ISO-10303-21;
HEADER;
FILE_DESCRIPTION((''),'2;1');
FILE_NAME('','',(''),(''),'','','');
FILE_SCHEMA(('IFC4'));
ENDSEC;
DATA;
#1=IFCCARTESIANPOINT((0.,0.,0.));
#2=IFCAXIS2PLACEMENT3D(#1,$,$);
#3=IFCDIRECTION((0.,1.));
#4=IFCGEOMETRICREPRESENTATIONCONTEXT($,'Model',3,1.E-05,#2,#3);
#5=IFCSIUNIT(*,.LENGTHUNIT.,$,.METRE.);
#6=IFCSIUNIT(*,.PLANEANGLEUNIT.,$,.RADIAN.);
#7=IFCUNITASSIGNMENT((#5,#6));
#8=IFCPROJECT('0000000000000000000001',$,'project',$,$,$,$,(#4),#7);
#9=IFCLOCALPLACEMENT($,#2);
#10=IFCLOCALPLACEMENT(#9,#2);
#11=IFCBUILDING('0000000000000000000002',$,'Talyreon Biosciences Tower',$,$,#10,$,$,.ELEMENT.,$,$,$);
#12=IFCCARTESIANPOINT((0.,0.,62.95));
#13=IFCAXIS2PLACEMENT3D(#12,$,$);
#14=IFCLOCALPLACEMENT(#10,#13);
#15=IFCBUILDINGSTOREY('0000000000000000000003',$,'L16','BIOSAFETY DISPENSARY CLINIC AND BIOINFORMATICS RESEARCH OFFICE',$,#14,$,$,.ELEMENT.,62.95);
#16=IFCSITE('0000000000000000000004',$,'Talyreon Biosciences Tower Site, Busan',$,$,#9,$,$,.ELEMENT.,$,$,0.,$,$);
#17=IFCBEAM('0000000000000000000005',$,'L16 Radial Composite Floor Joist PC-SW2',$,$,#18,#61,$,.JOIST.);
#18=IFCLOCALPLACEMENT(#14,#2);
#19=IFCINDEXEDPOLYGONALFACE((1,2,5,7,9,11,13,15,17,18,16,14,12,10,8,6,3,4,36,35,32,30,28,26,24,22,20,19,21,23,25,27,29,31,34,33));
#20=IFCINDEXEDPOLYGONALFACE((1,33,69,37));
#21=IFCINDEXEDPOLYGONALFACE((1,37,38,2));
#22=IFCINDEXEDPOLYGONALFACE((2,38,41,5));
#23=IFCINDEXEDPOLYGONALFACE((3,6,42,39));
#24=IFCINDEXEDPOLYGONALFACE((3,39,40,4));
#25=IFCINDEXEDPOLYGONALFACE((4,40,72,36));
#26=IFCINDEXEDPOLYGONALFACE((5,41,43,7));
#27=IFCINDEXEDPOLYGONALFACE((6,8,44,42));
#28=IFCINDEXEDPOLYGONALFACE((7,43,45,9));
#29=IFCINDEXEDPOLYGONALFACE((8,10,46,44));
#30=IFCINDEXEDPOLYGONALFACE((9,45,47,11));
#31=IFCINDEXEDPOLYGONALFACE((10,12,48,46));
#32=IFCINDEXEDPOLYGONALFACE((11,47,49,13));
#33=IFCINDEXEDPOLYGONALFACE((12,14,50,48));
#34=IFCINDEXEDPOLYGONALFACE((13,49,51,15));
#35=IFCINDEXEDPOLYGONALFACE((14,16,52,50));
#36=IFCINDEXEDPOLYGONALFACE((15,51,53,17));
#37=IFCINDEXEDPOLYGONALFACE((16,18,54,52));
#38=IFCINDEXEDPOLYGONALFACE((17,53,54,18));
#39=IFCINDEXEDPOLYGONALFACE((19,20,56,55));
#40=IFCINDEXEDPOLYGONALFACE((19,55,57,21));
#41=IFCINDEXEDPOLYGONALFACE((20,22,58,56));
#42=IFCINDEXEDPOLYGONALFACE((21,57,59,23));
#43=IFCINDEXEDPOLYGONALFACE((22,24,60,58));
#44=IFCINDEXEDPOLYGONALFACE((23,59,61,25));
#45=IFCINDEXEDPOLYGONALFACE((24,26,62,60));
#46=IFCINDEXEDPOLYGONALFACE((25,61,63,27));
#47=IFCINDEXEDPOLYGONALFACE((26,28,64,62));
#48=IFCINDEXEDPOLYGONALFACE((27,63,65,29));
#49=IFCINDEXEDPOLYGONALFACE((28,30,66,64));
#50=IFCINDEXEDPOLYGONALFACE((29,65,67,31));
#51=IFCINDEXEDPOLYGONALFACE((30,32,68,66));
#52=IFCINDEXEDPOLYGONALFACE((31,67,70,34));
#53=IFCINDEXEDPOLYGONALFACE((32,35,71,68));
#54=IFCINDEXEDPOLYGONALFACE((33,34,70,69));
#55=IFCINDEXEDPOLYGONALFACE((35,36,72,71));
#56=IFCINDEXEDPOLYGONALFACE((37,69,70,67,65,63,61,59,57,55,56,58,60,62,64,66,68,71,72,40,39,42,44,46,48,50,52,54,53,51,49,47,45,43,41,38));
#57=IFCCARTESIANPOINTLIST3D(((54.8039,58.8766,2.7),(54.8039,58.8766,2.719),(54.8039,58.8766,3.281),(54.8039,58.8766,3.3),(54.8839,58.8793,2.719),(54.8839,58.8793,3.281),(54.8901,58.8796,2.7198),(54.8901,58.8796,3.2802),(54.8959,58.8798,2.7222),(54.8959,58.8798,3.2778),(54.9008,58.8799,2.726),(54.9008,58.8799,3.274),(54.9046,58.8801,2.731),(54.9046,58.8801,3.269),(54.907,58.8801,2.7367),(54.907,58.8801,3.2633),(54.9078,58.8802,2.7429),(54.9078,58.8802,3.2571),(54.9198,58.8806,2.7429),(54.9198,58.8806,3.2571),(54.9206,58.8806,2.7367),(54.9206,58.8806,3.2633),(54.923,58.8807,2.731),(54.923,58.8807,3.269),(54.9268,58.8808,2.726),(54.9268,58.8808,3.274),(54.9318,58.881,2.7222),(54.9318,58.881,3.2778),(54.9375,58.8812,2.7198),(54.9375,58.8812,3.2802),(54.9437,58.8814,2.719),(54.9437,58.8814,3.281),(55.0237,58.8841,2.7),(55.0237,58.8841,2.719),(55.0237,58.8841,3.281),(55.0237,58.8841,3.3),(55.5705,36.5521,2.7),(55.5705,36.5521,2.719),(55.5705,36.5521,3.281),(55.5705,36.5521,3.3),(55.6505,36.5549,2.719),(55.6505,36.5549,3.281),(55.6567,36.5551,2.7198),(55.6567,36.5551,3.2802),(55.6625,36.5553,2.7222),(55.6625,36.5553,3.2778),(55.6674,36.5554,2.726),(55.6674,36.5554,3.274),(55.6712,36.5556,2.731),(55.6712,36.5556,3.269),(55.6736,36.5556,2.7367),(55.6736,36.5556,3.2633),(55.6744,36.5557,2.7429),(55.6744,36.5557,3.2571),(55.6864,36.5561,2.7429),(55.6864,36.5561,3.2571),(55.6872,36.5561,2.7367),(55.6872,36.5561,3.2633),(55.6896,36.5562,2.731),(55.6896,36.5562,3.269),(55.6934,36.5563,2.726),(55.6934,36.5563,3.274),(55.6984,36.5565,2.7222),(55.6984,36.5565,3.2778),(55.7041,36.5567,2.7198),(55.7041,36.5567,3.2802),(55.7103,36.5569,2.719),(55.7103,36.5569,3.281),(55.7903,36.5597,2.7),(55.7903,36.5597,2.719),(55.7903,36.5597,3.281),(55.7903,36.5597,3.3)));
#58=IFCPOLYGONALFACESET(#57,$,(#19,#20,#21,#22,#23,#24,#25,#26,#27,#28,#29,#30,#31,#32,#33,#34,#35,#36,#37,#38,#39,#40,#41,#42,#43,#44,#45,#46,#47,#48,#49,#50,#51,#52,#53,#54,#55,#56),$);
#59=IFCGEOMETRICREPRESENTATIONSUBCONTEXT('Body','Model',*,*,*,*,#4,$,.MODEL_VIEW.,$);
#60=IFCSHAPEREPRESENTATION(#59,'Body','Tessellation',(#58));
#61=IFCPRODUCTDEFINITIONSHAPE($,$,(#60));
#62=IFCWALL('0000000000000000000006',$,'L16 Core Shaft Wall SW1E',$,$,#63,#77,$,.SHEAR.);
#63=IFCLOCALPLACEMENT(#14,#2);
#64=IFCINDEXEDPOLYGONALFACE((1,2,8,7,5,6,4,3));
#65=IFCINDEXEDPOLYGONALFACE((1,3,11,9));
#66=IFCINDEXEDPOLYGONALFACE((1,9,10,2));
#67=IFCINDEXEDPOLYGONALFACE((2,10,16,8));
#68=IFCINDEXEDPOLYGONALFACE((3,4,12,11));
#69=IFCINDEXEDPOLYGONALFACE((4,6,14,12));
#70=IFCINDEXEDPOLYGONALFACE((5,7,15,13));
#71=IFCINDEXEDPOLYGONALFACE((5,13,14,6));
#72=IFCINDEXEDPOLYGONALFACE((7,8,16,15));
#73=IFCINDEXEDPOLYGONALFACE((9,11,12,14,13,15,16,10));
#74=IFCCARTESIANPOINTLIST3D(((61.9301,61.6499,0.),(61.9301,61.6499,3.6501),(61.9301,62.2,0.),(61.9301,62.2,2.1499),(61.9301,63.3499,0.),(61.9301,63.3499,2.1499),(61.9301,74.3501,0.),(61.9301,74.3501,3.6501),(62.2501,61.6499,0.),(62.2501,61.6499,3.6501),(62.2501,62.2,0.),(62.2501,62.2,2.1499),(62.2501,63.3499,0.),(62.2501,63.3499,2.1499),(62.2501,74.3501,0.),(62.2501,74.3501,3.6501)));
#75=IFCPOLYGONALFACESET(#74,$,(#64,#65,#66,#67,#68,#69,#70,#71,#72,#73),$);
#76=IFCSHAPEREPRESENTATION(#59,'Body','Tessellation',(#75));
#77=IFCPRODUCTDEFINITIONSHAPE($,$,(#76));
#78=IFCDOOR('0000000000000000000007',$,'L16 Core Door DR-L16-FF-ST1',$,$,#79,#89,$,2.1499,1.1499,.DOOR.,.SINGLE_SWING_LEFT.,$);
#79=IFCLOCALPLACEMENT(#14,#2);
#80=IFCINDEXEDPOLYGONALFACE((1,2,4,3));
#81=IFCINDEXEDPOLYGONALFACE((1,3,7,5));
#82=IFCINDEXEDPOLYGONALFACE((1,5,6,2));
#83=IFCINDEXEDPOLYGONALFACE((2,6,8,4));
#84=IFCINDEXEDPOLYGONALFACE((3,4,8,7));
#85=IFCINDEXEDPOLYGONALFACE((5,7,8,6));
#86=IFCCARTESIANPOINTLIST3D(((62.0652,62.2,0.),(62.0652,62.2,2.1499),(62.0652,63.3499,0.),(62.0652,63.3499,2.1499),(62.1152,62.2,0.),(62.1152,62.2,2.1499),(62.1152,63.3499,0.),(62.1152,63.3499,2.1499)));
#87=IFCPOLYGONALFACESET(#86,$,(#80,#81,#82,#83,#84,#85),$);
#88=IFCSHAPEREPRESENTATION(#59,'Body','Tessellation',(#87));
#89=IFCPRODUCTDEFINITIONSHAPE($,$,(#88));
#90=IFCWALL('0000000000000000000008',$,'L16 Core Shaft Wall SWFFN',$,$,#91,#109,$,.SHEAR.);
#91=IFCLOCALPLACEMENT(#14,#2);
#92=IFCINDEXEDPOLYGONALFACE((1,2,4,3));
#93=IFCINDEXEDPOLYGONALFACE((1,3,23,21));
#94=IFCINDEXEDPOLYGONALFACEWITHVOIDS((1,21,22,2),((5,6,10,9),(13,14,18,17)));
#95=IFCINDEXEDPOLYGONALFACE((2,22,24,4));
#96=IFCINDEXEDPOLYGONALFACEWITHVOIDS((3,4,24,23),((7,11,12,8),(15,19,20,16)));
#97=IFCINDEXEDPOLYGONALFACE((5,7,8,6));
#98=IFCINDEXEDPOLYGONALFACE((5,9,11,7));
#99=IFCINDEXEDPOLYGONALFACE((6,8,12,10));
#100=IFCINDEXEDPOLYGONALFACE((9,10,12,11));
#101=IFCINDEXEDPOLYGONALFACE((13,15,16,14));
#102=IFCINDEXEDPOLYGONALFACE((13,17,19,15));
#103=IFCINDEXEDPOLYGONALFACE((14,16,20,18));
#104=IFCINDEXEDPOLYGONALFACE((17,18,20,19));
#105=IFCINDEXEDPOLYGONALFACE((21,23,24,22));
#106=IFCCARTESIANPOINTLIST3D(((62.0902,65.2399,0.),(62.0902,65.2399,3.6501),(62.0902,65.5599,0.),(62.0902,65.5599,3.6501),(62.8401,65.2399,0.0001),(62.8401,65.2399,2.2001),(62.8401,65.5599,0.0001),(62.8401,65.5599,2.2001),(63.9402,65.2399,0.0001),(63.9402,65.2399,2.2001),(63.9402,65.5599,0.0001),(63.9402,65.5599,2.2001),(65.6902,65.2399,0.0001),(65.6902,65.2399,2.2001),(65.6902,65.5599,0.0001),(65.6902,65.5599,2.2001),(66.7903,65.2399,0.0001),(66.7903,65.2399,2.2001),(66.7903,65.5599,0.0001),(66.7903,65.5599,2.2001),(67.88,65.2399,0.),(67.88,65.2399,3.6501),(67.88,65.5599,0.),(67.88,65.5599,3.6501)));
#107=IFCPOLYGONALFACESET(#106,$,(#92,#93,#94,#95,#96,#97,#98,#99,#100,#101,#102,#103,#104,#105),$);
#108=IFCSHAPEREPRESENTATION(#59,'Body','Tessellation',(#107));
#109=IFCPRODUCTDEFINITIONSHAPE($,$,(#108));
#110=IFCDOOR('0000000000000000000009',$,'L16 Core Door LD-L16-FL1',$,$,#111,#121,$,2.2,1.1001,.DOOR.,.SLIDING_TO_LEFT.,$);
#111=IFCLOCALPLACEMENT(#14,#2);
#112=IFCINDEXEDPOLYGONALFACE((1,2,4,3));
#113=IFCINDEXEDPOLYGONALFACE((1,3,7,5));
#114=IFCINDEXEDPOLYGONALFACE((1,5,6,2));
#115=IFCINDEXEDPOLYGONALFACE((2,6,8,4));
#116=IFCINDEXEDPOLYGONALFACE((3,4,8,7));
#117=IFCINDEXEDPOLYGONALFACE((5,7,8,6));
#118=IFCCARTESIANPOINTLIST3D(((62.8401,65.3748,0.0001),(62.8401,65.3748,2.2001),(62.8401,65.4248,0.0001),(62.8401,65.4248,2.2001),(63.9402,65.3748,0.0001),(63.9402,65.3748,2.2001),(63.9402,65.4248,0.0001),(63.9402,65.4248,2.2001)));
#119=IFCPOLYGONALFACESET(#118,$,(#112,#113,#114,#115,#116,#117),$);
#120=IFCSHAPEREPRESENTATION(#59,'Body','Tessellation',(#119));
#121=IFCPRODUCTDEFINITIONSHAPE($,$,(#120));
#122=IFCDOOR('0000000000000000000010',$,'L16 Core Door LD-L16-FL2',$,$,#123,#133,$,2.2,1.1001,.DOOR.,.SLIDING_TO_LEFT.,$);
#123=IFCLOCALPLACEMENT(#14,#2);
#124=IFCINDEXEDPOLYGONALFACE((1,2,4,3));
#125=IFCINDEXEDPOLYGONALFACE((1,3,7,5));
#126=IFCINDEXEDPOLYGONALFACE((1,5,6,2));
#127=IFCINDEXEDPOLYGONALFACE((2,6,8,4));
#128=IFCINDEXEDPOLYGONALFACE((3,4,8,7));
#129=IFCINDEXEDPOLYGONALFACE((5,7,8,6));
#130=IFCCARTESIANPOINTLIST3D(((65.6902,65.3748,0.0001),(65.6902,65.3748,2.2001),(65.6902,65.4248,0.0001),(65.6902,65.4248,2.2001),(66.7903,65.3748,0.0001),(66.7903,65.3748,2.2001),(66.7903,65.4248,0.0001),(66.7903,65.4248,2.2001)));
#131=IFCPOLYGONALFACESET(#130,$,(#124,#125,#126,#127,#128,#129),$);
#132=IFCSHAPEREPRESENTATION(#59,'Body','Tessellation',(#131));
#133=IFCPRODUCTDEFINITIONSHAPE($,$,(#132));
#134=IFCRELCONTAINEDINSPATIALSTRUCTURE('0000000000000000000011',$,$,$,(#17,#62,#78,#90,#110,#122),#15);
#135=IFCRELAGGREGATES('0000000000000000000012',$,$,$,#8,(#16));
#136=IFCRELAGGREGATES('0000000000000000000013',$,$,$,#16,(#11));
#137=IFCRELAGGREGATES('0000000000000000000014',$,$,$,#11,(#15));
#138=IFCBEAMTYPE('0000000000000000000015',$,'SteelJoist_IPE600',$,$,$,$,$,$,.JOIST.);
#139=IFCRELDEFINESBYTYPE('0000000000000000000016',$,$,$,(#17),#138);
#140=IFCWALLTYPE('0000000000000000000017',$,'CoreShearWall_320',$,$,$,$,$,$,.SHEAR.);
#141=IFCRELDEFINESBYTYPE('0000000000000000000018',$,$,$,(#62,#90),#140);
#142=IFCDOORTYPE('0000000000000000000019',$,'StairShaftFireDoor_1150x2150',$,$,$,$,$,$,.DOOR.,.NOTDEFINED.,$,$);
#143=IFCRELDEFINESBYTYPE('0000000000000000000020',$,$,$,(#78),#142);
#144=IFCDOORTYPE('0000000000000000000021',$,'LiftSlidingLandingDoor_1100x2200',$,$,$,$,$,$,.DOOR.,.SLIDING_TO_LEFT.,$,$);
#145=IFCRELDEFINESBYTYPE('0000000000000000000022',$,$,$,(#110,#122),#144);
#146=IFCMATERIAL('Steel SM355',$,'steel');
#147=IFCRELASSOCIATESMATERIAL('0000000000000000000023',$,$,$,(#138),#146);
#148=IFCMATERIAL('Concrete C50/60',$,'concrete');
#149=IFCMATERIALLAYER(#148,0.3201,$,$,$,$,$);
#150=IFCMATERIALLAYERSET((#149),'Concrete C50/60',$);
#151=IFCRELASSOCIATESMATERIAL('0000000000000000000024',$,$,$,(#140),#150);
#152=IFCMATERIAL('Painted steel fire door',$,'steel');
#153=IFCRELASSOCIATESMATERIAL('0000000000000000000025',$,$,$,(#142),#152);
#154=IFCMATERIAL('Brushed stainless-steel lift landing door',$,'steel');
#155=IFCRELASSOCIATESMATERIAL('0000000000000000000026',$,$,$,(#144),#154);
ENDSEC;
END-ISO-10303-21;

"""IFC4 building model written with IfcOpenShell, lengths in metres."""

from ifc_helpers import new_model, si_unit, direction, frame, frame_2d, origin, origin_2d, place, context, subcontext, project, spatial, rectangle, i_section, extrude, material, layer, layer_set, material_profile, profile_set, type_object, element, fill, save


model = new_model("IFC4")

# Units and contexts
model_context = context("Model", 3, precision=1e-05, world=origin(), true_north=direction((0.0, 1.0)))
body_context = subcontext(model_context, "Body", "Model", "MODEL_VIEW")
ifc_project = project(units=[si_unit("LENGTHUNIT", "METRE"), si_unit("PLANEANGLEUNIT", "RADIAN")], contexts=[model_context])

# Site, building, storey
site_placement = place(None, origin())
site = spatial("IfcSite", under=ifc_project, at=site_placement, Name="Talyreon Biosciences Tower Site, Busan", CompositionType="ELEMENT", RefElevation=0.0)
building_placement = place(site_placement, origin())
building = spatial("IfcBuilding", under=site, at=building_placement, Name="Talyreon Biosciences Tower", CompositionType="ELEMENT")
storey_placement = place(building_placement, frame((0.0, 0.0, 62.95)))
storey = spatial("IfcBuildingStorey", under=building, at=storey_placement, Name="L16", Description="BIOSAFETY DISPENSARY CLINIC AND BIOINFORMATICS RESEARCH OFFICE", CompositionType="ELEMENT", Elevation=62.95)

# Beam
ifc_material_1 = material(Name="Steel SM355", Category="steel")
ifc_material_profile_1 = material_profile(ifc_material_1, i_section(OverallWidth=0.22, OverallDepth=0.6001, WebThickness=0.012, FlangeThickness=0.019, FilletRadius=0.0239, at=origin_2d()), Name="IPE600")
ifc_profile_set_1 = profile_set([ifc_material_profile_1], Name="Steel SM355")
beam_type_1 = type_object("IfcBeamType", Name="SteelJoist_IPE600", PredefinedType="JOIST", material=ifc_profile_set_1)
beam_1_placement = place(storey_placement, frame((54.9138, 58.8804, 3.0), z_axis=(0.034319, -0.999411, 0.0), x_axis=(0.999411, 0.034319, 0.0)))
element("IfcBeam", 1, at=beam_1_placement, inside=storey, type_object=beam_type_1, Name="L16 Radial Composite Floor Joist PC-SW2", PredefinedType="JOIST", context=body_context, shape_type="SweptSolid", body=[
    extrude(i_section(OverallWidth=0.22, OverallDepth=0.6001, WebThickness=0.012, FlangeThickness=0.019, FilletRadius=0.0239, at=origin_2d()), origin(), (0.0, 0.0, 1.0), 22.3376),
])

# Wall, opening, door
ifc_material_2 = material(Name="Concrete C50/60", Category="concrete")
ifc_layer_1 = layer(ifc_material_2, 0.3201)
ifc_layer_set_1 = layer_set([ifc_layer_1], Name="Concrete C50/60")
wall_type_1 = type_object("IfcWallType", Name="CoreShearWall_320", PredefinedType="SHEAR", material=ifc_layer_set_1)
wall_1_placement = place(storey_placement, frame((62.0901, 61.6499, 0.0), z_axis=(0.0, 0.0, 1.0), x_axis=(0.0, 1.0, 0.0)))
wall_1 = element("IfcWall", 2, at=wall_1_placement, inside=storey, type_object=wall_type_1, Name="L16 Core Shaft Wall SW1E", PredefinedType="SHEAR", context=body_context, shape_type="SweptSolid", body=[
    extrude(rectangle(XDim=12.7002, YDim=0.3201, at=frame_2d((6.3501, 0.0))), origin(), (0.0, 0.0, 1.0), 3.6501),
])
opening_1_placement = place(wall_1_placement, frame((0.55, 0.0, 0.0)))
opening_1 = element("IfcOpeningElement", 3, at=opening_1_placement, cuts=wall_1, PredefinedType="OPENING", context=body_context, shape_type="SweptSolid", body=[
    extrude(rectangle(XDim=1.1499, YDim=2.1499, at=frame_2d((0.575, 1.075))), frame((0.0, 0.1699, 0.0), z_axis=(0.0, -1.0, 0.0), x_axis=(1.0, 0.0, 0.0)), (0.0, 0.0, 1.0), 0.3401),
])
ifc_material_3 = material(Name="Painted steel fire door", Category="steel")
door_type_1 = type_object("IfcDoorType", Name="StairShaftFireDoor_1150x2150", OperationType="NOTDEFINED", PredefinedType="DOOR", material=ifc_material_3)
door_1_placement = place(opening_1_placement, origin())
door_1 = element("IfcDoor", 4, at=door_1_placement, inside=storey, type_object=door_type_1, Name="L16 Core Door DR-L16-FF-ST1", OperationType="SINGLE_SWING_LEFT", OverallHeight=2.1499, OverallWidth=1.1499, PredefinedType="DOOR", context=body_context, shape_type="SweptSolid", body=[
    extrude(rectangle(XDim=1.1499, YDim=2.1499, at=frame_2d((0.575, 1.075))), frame((0.0, 0.0249, 0.0), z_axis=(0.0, -1.0, 0.0), x_axis=(1.0, 0.0, 0.0)), (0.0, 0.0, 1.0), 0.05),
])
fill(opening_1, door_1)

# Wall, openings, doors
wall_2_placement = place(storey_placement, frame((62.0901, 65.3999, 0.0), z_axis=(0.0, 0.0, 1.0), x_axis=(1.0, 0.0, 0.0)))
wall_2 = element("IfcWall", 5, at=wall_2_placement, inside=storey, type_object=wall_type_1, Name="L16 Core Shaft Wall SWFFN", PredefinedType="SHEAR", context=body_context, shape_type="SweptSolid", body=[
    extrude(rectangle(XDim=5.7898, YDim=0.3201, at=frame_2d((2.895, 0.0))), origin(), (0.0, 0.0, 1.0), 3.6501),
])
opening_2_placement = place(wall_2_placement, frame((0.75, 0.0, 0.0)))
opening_2 = element("IfcOpeningElement", 6, at=opening_2_placement, cuts=wall_2, PredefinedType="OPENING", context=body_context, shape_type="SweptSolid", body=[
    extrude(rectangle(XDim=1.1001, YDim=2.2, at=frame_2d((0.55, 1.1001))), frame((0.0, 0.1699, 0.0), z_axis=(0.0, -1.0, 0.0), x_axis=(1.0, 0.0, 0.0)), (0.0, 0.0, 1.0), 0.3401),
])
opening_3_placement = place(wall_2_placement, frame((3.6001, 0.0, 0.0)))
opening_3 = element("IfcOpeningElement", 7, at=opening_3_placement, cuts=wall_2, PredefinedType="OPENING", context=body_context, shape_type="SweptSolid", body=[
    extrude(rectangle(XDim=1.1001, YDim=2.2, at=frame_2d((0.55, 1.1001))), frame((0.0, 0.1699, 0.0), z_axis=(0.0, -1.0, 0.0), x_axis=(1.0, 0.0, 0.0)), (0.0, 0.0, 1.0), 0.3401),
])
ifc_material_4 = material(Name="Brushed stainless-steel lift landing door", Category="steel")
door_type_2 = type_object("IfcDoorType", Name="LiftSlidingLandingDoor_1100x2200", OperationType="SLIDING_TO_LEFT", PredefinedType="DOOR", material=ifc_material_4)
door_2_placement = place(opening_2_placement, origin())
door_2 = element("IfcDoor", 8, at=door_2_placement, inside=storey, type_object=door_type_2, Name="L16 Core Door LD-L16-FL1", OperationType="SLIDING_TO_LEFT", OverallHeight=2.2, OverallWidth=1.1001, PredefinedType="DOOR", context=body_context, shape_type="SweptSolid", body=[
    extrude(rectangle(XDim=1.1001, YDim=2.2, at=frame_2d((0.55, 1.1001))), frame((0.0, 0.0249, 0.0), z_axis=(0.0, -1.0, 0.0), x_axis=(1.0, 0.0, 0.0)), (0.0, 0.0, 1.0), 0.05),
])
fill(opening_2, door_2)
door_3_placement = place(opening_3_placement, origin())
door_3 = element("IfcDoor", 9, at=door_3_placement, inside=storey, type_object=door_type_2, Name="L16 Core Door LD-L16-FL2", OperationType="SLIDING_TO_LEFT", OverallHeight=2.2, OverallWidth=1.1001, PredefinedType="DOOR", context=body_context, shape_type="SweptSolid", body=[
    extrude(rectangle(XDim=1.1001, YDim=2.2, at=frame_2d((0.55, 1.1001))), frame((0.0, 0.0249, 0.0), z_axis=(0.0, -1.0, 0.0), x_axis=(1.0, 0.0, 0.0)), (0.0, 0.0, 1.0), 0.05),
])
fill(opening_3, door_3)

save(model, "model.ifc")
